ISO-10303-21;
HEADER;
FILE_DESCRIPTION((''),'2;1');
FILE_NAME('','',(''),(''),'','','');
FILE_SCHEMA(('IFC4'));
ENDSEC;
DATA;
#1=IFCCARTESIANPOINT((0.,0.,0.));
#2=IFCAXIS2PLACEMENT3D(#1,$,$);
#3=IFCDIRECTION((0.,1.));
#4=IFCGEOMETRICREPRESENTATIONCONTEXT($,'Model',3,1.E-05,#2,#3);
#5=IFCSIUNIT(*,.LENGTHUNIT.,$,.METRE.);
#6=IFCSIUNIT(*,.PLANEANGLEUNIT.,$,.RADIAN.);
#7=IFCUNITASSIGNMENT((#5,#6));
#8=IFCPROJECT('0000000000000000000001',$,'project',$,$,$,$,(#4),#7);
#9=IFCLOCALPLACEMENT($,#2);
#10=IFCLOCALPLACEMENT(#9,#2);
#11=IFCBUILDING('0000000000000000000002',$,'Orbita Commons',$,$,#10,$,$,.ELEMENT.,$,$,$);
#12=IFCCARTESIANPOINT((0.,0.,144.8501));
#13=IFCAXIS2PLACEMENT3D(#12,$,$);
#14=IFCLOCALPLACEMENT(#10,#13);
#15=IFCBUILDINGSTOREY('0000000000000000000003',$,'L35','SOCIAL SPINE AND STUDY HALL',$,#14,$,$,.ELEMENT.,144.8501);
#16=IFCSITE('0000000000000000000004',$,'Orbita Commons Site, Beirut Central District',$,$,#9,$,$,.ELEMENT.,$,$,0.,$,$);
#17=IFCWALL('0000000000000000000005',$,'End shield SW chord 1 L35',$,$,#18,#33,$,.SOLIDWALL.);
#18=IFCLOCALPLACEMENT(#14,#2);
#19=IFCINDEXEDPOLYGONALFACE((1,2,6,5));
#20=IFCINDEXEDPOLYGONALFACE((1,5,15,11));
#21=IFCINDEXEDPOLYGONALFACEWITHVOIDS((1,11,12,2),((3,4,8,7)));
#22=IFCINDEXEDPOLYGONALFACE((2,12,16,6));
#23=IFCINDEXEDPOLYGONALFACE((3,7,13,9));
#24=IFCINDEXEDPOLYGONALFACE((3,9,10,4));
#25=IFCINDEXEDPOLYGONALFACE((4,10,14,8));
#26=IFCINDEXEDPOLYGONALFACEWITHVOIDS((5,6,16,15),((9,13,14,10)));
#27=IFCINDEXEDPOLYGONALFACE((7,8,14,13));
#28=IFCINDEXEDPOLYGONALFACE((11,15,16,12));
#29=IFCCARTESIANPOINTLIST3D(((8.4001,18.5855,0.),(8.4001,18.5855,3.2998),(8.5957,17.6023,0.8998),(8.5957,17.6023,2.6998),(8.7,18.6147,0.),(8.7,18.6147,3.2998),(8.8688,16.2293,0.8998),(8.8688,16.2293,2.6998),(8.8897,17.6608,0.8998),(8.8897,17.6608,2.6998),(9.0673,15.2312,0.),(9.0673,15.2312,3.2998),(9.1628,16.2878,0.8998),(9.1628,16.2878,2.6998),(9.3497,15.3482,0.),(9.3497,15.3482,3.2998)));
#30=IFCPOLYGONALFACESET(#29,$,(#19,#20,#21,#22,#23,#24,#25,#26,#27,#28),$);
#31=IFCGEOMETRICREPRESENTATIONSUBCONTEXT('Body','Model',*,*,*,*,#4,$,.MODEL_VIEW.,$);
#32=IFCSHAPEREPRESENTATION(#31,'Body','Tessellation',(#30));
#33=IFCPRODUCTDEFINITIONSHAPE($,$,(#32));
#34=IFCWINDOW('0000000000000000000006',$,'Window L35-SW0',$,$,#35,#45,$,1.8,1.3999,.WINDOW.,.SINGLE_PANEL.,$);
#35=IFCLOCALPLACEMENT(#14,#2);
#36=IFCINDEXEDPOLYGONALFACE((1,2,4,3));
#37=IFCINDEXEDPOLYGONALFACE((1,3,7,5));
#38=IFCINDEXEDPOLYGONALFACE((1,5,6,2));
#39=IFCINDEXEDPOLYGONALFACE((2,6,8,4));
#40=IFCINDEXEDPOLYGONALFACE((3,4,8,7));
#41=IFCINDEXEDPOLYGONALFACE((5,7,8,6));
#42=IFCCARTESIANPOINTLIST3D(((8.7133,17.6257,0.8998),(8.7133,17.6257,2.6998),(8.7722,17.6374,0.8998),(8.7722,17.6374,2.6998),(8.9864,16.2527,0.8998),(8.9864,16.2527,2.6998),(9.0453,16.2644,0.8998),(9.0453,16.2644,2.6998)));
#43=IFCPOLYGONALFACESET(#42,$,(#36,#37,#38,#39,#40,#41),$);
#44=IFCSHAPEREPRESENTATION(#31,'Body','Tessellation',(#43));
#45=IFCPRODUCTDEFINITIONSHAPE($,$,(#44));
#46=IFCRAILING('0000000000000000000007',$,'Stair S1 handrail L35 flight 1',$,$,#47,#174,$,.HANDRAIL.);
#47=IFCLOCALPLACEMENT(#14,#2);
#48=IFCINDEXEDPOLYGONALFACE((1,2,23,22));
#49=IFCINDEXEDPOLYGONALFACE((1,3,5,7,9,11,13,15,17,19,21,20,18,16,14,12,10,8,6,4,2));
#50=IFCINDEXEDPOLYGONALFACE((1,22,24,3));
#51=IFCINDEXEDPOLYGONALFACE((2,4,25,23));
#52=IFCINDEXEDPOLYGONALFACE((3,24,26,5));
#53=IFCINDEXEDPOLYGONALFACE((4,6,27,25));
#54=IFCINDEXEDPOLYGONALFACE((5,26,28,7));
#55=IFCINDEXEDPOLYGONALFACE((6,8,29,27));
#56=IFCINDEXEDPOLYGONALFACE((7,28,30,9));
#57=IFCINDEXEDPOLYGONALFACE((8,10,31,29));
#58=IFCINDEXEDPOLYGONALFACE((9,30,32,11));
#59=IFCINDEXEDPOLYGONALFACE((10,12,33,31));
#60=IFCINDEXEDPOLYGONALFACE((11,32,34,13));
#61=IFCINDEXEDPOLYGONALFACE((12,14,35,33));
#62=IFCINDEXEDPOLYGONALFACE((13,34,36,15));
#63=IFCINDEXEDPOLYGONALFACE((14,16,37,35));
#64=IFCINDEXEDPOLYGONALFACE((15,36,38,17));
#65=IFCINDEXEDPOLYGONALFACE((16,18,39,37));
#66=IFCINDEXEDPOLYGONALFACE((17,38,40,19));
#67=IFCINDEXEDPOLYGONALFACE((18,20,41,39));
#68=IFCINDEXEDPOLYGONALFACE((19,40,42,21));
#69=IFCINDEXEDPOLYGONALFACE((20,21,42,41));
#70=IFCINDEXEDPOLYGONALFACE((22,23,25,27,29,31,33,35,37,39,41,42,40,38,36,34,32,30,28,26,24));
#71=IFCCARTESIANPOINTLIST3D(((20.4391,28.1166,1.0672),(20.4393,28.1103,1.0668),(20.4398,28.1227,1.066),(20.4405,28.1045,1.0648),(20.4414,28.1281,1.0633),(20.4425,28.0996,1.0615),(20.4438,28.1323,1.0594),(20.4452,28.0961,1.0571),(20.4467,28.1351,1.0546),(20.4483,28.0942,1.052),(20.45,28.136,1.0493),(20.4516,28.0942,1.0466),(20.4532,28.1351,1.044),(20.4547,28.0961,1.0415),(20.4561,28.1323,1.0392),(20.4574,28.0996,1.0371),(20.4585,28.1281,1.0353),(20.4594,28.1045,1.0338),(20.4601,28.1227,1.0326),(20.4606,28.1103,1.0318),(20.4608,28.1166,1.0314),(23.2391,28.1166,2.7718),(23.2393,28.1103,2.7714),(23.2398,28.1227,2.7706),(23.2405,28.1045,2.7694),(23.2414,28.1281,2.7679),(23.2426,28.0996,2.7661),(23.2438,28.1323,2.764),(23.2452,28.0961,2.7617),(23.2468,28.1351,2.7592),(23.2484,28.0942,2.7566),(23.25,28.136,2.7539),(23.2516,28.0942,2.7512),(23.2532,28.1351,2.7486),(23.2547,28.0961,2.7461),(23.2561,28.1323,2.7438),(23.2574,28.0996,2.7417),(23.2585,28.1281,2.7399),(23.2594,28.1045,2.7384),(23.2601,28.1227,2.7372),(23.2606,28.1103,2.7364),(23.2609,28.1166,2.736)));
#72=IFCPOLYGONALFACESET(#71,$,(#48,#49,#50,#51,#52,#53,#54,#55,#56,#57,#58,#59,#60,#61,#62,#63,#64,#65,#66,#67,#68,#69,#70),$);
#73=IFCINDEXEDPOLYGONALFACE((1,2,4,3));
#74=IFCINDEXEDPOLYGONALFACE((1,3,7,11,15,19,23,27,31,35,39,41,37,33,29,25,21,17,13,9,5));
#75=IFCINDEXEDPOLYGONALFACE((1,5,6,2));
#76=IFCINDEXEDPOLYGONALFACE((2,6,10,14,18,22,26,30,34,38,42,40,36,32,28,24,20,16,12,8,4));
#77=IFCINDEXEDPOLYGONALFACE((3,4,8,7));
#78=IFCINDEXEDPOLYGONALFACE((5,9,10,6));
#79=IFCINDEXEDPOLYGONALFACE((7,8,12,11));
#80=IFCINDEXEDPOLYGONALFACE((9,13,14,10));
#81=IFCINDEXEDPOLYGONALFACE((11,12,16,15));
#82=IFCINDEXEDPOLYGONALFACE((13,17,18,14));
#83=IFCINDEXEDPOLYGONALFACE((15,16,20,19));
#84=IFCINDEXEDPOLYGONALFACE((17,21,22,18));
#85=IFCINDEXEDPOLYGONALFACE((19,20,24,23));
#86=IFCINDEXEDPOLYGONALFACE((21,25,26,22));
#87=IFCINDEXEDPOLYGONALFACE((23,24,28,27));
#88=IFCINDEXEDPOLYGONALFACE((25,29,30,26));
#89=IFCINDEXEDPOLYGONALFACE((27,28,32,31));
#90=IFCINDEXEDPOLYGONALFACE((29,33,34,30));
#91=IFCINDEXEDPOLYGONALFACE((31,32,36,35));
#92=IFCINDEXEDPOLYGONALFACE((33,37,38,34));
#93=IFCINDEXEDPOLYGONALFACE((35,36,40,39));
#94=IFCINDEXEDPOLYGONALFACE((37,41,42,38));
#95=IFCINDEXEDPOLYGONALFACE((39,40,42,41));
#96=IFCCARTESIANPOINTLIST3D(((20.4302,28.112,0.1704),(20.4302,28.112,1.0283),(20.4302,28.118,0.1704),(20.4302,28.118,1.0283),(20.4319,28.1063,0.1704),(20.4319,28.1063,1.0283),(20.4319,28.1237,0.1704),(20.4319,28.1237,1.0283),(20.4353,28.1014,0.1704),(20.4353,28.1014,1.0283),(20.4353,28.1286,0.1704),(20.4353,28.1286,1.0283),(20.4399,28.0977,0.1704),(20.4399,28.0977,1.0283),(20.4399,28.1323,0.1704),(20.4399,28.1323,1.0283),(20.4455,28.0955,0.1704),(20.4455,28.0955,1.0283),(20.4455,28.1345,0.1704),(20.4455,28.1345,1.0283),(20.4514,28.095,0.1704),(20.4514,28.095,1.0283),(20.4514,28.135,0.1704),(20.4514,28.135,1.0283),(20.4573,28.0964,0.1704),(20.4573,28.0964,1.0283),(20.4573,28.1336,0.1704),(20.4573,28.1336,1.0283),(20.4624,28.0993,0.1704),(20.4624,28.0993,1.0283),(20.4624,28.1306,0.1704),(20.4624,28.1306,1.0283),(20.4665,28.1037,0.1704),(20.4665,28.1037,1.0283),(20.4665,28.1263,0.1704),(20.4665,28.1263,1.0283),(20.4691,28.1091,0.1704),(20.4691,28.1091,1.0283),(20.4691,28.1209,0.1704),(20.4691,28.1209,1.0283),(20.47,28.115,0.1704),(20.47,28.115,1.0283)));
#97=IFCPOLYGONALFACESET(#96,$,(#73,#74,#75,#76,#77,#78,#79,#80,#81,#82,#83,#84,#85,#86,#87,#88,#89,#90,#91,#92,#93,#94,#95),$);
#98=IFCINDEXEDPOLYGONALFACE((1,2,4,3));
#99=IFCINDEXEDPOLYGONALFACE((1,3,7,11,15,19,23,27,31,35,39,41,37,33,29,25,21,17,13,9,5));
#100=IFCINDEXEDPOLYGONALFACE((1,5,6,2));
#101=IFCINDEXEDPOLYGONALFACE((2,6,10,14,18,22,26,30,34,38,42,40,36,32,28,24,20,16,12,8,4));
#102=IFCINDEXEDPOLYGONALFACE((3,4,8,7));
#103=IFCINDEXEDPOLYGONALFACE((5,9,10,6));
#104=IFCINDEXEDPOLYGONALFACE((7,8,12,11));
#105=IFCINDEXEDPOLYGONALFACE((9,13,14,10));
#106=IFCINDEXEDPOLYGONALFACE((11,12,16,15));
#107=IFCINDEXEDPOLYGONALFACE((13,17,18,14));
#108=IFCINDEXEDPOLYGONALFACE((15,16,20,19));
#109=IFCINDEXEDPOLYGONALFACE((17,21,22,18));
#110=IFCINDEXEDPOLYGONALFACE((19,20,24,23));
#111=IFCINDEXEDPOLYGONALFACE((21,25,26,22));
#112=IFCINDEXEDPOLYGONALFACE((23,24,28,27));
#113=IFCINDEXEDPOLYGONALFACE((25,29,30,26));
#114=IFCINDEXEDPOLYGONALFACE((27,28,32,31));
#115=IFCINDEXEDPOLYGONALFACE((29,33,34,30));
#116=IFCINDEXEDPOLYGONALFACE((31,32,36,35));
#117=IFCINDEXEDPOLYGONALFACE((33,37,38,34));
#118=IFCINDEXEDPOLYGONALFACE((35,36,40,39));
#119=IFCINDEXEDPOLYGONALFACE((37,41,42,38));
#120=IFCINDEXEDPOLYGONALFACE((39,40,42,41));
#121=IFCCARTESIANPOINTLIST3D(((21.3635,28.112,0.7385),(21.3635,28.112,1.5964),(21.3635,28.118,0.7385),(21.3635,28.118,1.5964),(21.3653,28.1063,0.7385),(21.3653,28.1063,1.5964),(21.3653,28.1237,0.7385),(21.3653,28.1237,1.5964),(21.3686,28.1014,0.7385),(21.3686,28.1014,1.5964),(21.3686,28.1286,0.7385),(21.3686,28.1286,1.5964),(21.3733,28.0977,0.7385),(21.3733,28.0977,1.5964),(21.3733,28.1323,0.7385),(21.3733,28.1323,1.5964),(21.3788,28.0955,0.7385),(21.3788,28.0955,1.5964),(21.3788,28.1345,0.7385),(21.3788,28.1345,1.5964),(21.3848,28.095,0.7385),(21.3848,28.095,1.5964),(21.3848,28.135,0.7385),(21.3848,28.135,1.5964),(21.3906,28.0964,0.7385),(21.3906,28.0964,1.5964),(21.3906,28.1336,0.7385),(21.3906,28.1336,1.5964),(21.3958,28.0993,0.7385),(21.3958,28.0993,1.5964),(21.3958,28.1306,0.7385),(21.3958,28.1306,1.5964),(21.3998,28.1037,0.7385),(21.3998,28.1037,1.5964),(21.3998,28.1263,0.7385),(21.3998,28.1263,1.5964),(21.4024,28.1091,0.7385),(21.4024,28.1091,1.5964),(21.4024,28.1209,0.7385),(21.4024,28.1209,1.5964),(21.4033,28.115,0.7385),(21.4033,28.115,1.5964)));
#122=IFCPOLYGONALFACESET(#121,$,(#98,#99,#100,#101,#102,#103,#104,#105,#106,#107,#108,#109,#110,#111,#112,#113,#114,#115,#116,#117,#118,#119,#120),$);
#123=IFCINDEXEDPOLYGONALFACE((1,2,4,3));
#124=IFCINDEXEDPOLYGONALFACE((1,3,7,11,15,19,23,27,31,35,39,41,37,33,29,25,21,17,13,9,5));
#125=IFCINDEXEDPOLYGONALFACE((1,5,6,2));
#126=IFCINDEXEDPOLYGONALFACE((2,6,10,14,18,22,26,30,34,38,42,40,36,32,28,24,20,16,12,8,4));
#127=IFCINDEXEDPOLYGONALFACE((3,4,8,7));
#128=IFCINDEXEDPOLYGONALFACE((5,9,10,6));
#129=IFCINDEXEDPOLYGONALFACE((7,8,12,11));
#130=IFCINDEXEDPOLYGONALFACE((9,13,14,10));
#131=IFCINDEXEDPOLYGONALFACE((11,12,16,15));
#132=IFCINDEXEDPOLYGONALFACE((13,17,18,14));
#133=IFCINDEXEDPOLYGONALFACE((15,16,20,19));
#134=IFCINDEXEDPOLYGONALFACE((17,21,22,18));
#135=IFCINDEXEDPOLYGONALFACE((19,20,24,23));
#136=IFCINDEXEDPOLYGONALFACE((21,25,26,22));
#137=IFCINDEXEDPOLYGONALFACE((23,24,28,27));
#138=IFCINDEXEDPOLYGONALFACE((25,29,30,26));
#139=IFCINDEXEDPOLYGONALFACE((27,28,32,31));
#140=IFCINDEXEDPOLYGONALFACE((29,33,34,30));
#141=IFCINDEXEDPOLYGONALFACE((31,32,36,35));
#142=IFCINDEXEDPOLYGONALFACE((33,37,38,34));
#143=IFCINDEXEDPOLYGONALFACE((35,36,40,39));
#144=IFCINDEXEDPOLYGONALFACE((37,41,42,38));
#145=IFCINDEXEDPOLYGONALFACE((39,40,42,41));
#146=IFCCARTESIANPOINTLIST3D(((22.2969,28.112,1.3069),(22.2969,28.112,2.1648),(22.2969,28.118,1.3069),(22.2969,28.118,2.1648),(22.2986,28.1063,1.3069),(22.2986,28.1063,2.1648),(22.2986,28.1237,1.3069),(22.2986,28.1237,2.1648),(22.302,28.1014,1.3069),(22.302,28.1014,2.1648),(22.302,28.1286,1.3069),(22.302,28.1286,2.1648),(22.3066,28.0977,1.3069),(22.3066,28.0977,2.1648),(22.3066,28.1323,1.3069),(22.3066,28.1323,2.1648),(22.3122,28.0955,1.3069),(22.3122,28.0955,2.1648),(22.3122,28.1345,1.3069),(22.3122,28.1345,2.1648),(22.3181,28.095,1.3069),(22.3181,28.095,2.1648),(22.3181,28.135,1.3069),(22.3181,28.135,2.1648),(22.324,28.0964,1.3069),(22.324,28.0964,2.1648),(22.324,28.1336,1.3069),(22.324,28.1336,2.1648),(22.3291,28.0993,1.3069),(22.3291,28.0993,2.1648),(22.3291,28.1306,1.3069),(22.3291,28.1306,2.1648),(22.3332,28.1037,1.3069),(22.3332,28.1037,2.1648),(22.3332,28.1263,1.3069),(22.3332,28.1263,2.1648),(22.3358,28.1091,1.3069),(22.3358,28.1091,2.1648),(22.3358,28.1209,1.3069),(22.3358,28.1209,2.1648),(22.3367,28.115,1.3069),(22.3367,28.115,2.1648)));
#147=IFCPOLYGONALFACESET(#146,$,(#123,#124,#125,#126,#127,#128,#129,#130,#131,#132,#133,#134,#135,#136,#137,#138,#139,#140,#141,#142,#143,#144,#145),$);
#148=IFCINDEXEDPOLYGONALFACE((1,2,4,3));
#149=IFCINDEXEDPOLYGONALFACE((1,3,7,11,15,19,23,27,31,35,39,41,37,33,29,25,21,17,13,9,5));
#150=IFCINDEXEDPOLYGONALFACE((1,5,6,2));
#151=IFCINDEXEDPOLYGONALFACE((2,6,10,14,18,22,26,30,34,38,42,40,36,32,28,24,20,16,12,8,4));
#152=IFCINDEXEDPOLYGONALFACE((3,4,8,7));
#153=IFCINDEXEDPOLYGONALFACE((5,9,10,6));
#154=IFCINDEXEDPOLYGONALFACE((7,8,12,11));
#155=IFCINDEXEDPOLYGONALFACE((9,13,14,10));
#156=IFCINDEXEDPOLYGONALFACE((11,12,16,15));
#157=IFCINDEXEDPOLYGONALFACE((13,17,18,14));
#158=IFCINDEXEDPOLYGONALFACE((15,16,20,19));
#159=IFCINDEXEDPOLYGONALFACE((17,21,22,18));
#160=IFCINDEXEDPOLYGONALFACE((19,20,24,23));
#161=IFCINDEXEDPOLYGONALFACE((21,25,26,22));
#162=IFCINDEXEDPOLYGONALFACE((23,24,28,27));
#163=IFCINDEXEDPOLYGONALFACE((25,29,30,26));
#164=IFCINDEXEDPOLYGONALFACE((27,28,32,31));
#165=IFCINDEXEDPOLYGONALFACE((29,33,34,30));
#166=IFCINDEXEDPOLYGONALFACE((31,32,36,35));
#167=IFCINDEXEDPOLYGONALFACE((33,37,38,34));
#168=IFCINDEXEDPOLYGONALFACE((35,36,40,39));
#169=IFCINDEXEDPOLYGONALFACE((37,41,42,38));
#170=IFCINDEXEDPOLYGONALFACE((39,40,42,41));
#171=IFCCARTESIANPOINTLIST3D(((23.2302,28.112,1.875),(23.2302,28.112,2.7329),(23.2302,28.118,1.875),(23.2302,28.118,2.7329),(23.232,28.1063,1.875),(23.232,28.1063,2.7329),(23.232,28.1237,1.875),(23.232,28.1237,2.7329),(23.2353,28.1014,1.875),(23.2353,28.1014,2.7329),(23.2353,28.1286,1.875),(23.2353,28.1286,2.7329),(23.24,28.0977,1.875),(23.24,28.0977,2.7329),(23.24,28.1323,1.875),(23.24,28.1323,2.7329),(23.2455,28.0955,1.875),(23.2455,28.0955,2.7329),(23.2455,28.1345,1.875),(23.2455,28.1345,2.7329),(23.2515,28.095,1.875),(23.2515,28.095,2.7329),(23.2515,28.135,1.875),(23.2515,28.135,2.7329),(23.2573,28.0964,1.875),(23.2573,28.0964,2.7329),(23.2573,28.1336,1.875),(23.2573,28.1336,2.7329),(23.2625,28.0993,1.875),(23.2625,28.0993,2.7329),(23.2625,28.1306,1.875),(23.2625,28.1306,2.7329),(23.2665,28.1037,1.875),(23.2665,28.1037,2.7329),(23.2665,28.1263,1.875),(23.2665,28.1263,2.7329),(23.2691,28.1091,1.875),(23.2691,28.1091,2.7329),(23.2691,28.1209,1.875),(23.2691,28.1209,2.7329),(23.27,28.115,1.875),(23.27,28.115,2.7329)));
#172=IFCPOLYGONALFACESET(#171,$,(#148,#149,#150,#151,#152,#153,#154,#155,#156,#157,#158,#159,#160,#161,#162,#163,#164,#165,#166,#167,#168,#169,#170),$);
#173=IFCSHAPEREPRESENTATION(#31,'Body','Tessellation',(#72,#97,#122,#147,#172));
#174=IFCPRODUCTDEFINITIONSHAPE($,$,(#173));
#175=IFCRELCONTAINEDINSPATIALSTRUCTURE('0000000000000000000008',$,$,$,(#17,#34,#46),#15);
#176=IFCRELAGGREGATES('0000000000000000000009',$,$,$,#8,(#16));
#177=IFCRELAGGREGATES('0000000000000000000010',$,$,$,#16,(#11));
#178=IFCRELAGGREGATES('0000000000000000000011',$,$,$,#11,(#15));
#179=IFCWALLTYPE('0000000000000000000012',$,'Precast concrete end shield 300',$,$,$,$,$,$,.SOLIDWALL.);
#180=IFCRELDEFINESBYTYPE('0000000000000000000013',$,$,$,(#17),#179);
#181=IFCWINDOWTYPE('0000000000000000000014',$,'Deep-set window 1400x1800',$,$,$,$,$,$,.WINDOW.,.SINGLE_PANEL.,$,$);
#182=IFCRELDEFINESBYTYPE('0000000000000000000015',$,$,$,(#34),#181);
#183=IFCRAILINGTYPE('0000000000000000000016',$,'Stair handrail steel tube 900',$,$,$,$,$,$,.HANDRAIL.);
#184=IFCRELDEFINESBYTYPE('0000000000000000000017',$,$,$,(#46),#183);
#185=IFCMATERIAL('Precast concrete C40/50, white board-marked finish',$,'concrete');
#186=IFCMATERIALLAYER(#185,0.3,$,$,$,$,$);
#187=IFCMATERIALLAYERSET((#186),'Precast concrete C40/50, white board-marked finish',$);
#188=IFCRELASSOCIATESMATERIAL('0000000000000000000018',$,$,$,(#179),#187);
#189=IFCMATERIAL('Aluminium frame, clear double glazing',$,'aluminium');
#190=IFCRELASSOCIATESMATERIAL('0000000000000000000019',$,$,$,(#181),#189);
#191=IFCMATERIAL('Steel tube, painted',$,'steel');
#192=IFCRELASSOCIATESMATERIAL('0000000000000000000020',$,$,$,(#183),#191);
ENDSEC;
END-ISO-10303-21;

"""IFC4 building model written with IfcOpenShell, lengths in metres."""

from ifc_helpers import new_model, si_unit, direction, frame, frame_2d, origin, origin_2d, place, context, subcontext, project, spatial, polyline, rectangle, circle, outline, extrude, material, layer, layer_set, type_object, element, fill, save


model = new_model("IFC4")

# Units and contexts
model_context = context("Model", 3, precision=1e-05, world=origin(), true_north=direction((0.0, 1.0)))
body_context = subcontext(model_context, "Body", "Model", "MODEL_VIEW")
ifc_project = project(units=[si_unit("LENGTHUNIT", "METRE"), si_unit("PLANEANGLEUNIT", "RADIAN")], contexts=[model_context])

# Site, building, storey
site_placement = place(None, origin())
site = spatial("IfcSite", under=ifc_project, at=site_placement, Name="Orbita Commons Site, Beirut Central District", CompositionType="ELEMENT", RefElevation=0.0)
building_placement = place(site_placement, origin())
building = spatial("IfcBuilding", under=site, at=building_placement, Name="Orbita Commons", CompositionType="ELEMENT")
storey_placement = place(building_placement, frame((0.0, 0.0, 144.8501)))
storey = spatial("IfcBuildingStorey", under=building, at=storey_placement, Name="L35", Description="SOCIAL SPINE AND STUDY HALL", CompositionType="ELEMENT", Elevation=144.8501)

# Wall, opening, window
ifc_material_1 = material(Name="Precast concrete C40/50, white board-marked finish", Category="concrete")
ifc_layer_1 = layer(ifc_material_1, 0.3)
ifc_layer_set_1 = layer_set([ifc_layer_1], Name="Precast concrete C40/50, white board-marked finish")
wall_type_1 = type_object("IfcWallType", Name="Precast concrete end shield 300", PredefinedType="SOLIDWALL", material=ifc_layer_set_1)
wall_1_placement = place(storey_placement, frame((8.55, 18.6001, 0.0), z_axis=(0.0, 0.0, 1.0), x_axis=(0.195087, -0.980786, 0.0)))
wall_1 = element("IfcWall", 1, at=wall_1_placement, inside=storey, type_object=wall_type_1, Name="End shield SW chord 1 L35", PredefinedType="SOLIDWALL", context=body_context, shape_type="SweptSolid", body=[
    extrude(outline(polyline([(-0.0149, -0.1499), (3.405, -0.1499), (3.3455, 0.1499), (0.0149, 0.1499), (-0.0149, -0.1499)])), origin(), (0.0, 0.0, 1.0), 3.2998),
])
opening_1_placement = place(wall_1_placement, frame((0.9875, 0.0, 0.8999)))
opening_1 = element("IfcOpeningElement", 2, at=opening_1_placement, cuts=wall_1, PredefinedType="OPENING", context=body_context, shape_type="SweptSolid", body=[
    extrude(rectangle(XDim=1.3999, YDim=1.8, at=frame_2d((0.7, 0.8999))), frame((0.0, 0.1599, 0.0), z_axis=(0.0, -1.0, 0.0), x_axis=(1.0, 0.0, 0.0)), (0.0, 0.0, 1.0), 0.3201),
])
ifc_material_2 = material(Name="Aluminium frame, clear double glazing", Category="aluminium")
window_type = type_object("IfcWindowType", Name="Deep-set window 1400x1800", PartitioningType="SINGLE_PANEL", PredefinedType="WINDOW", material=ifc_material_2)
window_placement = place(opening_1_placement, origin())
window = element("IfcWindow", 3, at=window_placement, inside=storey, type_object=window_type, Name="Window L35-SW0", OverallHeight=1.8, OverallWidth=1.3999, PartitioningType="SINGLE_PANEL", PredefinedType="WINDOW", context=body_context, shape_type="SweptSolid", body=[
    extrude(rectangle(XDim=1.3999, YDim=1.8, at=frame_2d((0.7, 0.8999))), frame((0.0, 0.03, 0.0), z_axis=(0.0, -1.0, 0.0), x_axis=(1.0, 0.0, 0.0)), (0.0, 0.0, 1.0), 0.0601),
])
fill(opening_1, window)

# Railing
ifc_material_3 = material(Name="Steel tube, painted", Category="steel")
railing_type = type_object("IfcRailingType", Name="Stair handrail steel tube 900", PredefinedType="HANDRAIL", material=ifc_material_3)
for number, where, name in (
    (4, (20.45, 28.115, 0.1704), "Stair S1 handrail L35 flight 1"),
):
    element("IfcRailing", number, at=place(storey_placement, frame(where)), inside=storey, type_object=railing_type, Name=name, PredefinedType="HANDRAIL", context=body_context, shape_type="SweptSolid", body=[
        extrude(circle(Radius=0.021, at=origin_2d()), frame((0.0, 0.0, 0.8789), z_axis=(0.85417, 0.0, 0.519994), x_axis=(0.0, 1.0, 0.0)), (0.0, 0.0, 1.0), 3.2781),
        extrude(circle(Radius=0.02, at=origin_2d()), origin(), (0.0, 0.0, 1.0), 0.8579),
        extrude(circle(Radius=0.02, at=origin_2d()), frame((0.9333, 0.0, 0.5681)), (0.0, 0.0, 1.0), 0.8579),
        extrude(circle(Radius=0.02, at=origin_2d()), frame((1.8667, 0.0, 1.1365)), (0.0, 0.0, 1.0), 0.8579),
        extrude(circle(Radius=0.02, at=origin_2d()), frame((2.8, 0.0, 1.7046)), (0.0, 0.0, 1.0), 0.8579),
    ])

save(model, "model.ifc")
